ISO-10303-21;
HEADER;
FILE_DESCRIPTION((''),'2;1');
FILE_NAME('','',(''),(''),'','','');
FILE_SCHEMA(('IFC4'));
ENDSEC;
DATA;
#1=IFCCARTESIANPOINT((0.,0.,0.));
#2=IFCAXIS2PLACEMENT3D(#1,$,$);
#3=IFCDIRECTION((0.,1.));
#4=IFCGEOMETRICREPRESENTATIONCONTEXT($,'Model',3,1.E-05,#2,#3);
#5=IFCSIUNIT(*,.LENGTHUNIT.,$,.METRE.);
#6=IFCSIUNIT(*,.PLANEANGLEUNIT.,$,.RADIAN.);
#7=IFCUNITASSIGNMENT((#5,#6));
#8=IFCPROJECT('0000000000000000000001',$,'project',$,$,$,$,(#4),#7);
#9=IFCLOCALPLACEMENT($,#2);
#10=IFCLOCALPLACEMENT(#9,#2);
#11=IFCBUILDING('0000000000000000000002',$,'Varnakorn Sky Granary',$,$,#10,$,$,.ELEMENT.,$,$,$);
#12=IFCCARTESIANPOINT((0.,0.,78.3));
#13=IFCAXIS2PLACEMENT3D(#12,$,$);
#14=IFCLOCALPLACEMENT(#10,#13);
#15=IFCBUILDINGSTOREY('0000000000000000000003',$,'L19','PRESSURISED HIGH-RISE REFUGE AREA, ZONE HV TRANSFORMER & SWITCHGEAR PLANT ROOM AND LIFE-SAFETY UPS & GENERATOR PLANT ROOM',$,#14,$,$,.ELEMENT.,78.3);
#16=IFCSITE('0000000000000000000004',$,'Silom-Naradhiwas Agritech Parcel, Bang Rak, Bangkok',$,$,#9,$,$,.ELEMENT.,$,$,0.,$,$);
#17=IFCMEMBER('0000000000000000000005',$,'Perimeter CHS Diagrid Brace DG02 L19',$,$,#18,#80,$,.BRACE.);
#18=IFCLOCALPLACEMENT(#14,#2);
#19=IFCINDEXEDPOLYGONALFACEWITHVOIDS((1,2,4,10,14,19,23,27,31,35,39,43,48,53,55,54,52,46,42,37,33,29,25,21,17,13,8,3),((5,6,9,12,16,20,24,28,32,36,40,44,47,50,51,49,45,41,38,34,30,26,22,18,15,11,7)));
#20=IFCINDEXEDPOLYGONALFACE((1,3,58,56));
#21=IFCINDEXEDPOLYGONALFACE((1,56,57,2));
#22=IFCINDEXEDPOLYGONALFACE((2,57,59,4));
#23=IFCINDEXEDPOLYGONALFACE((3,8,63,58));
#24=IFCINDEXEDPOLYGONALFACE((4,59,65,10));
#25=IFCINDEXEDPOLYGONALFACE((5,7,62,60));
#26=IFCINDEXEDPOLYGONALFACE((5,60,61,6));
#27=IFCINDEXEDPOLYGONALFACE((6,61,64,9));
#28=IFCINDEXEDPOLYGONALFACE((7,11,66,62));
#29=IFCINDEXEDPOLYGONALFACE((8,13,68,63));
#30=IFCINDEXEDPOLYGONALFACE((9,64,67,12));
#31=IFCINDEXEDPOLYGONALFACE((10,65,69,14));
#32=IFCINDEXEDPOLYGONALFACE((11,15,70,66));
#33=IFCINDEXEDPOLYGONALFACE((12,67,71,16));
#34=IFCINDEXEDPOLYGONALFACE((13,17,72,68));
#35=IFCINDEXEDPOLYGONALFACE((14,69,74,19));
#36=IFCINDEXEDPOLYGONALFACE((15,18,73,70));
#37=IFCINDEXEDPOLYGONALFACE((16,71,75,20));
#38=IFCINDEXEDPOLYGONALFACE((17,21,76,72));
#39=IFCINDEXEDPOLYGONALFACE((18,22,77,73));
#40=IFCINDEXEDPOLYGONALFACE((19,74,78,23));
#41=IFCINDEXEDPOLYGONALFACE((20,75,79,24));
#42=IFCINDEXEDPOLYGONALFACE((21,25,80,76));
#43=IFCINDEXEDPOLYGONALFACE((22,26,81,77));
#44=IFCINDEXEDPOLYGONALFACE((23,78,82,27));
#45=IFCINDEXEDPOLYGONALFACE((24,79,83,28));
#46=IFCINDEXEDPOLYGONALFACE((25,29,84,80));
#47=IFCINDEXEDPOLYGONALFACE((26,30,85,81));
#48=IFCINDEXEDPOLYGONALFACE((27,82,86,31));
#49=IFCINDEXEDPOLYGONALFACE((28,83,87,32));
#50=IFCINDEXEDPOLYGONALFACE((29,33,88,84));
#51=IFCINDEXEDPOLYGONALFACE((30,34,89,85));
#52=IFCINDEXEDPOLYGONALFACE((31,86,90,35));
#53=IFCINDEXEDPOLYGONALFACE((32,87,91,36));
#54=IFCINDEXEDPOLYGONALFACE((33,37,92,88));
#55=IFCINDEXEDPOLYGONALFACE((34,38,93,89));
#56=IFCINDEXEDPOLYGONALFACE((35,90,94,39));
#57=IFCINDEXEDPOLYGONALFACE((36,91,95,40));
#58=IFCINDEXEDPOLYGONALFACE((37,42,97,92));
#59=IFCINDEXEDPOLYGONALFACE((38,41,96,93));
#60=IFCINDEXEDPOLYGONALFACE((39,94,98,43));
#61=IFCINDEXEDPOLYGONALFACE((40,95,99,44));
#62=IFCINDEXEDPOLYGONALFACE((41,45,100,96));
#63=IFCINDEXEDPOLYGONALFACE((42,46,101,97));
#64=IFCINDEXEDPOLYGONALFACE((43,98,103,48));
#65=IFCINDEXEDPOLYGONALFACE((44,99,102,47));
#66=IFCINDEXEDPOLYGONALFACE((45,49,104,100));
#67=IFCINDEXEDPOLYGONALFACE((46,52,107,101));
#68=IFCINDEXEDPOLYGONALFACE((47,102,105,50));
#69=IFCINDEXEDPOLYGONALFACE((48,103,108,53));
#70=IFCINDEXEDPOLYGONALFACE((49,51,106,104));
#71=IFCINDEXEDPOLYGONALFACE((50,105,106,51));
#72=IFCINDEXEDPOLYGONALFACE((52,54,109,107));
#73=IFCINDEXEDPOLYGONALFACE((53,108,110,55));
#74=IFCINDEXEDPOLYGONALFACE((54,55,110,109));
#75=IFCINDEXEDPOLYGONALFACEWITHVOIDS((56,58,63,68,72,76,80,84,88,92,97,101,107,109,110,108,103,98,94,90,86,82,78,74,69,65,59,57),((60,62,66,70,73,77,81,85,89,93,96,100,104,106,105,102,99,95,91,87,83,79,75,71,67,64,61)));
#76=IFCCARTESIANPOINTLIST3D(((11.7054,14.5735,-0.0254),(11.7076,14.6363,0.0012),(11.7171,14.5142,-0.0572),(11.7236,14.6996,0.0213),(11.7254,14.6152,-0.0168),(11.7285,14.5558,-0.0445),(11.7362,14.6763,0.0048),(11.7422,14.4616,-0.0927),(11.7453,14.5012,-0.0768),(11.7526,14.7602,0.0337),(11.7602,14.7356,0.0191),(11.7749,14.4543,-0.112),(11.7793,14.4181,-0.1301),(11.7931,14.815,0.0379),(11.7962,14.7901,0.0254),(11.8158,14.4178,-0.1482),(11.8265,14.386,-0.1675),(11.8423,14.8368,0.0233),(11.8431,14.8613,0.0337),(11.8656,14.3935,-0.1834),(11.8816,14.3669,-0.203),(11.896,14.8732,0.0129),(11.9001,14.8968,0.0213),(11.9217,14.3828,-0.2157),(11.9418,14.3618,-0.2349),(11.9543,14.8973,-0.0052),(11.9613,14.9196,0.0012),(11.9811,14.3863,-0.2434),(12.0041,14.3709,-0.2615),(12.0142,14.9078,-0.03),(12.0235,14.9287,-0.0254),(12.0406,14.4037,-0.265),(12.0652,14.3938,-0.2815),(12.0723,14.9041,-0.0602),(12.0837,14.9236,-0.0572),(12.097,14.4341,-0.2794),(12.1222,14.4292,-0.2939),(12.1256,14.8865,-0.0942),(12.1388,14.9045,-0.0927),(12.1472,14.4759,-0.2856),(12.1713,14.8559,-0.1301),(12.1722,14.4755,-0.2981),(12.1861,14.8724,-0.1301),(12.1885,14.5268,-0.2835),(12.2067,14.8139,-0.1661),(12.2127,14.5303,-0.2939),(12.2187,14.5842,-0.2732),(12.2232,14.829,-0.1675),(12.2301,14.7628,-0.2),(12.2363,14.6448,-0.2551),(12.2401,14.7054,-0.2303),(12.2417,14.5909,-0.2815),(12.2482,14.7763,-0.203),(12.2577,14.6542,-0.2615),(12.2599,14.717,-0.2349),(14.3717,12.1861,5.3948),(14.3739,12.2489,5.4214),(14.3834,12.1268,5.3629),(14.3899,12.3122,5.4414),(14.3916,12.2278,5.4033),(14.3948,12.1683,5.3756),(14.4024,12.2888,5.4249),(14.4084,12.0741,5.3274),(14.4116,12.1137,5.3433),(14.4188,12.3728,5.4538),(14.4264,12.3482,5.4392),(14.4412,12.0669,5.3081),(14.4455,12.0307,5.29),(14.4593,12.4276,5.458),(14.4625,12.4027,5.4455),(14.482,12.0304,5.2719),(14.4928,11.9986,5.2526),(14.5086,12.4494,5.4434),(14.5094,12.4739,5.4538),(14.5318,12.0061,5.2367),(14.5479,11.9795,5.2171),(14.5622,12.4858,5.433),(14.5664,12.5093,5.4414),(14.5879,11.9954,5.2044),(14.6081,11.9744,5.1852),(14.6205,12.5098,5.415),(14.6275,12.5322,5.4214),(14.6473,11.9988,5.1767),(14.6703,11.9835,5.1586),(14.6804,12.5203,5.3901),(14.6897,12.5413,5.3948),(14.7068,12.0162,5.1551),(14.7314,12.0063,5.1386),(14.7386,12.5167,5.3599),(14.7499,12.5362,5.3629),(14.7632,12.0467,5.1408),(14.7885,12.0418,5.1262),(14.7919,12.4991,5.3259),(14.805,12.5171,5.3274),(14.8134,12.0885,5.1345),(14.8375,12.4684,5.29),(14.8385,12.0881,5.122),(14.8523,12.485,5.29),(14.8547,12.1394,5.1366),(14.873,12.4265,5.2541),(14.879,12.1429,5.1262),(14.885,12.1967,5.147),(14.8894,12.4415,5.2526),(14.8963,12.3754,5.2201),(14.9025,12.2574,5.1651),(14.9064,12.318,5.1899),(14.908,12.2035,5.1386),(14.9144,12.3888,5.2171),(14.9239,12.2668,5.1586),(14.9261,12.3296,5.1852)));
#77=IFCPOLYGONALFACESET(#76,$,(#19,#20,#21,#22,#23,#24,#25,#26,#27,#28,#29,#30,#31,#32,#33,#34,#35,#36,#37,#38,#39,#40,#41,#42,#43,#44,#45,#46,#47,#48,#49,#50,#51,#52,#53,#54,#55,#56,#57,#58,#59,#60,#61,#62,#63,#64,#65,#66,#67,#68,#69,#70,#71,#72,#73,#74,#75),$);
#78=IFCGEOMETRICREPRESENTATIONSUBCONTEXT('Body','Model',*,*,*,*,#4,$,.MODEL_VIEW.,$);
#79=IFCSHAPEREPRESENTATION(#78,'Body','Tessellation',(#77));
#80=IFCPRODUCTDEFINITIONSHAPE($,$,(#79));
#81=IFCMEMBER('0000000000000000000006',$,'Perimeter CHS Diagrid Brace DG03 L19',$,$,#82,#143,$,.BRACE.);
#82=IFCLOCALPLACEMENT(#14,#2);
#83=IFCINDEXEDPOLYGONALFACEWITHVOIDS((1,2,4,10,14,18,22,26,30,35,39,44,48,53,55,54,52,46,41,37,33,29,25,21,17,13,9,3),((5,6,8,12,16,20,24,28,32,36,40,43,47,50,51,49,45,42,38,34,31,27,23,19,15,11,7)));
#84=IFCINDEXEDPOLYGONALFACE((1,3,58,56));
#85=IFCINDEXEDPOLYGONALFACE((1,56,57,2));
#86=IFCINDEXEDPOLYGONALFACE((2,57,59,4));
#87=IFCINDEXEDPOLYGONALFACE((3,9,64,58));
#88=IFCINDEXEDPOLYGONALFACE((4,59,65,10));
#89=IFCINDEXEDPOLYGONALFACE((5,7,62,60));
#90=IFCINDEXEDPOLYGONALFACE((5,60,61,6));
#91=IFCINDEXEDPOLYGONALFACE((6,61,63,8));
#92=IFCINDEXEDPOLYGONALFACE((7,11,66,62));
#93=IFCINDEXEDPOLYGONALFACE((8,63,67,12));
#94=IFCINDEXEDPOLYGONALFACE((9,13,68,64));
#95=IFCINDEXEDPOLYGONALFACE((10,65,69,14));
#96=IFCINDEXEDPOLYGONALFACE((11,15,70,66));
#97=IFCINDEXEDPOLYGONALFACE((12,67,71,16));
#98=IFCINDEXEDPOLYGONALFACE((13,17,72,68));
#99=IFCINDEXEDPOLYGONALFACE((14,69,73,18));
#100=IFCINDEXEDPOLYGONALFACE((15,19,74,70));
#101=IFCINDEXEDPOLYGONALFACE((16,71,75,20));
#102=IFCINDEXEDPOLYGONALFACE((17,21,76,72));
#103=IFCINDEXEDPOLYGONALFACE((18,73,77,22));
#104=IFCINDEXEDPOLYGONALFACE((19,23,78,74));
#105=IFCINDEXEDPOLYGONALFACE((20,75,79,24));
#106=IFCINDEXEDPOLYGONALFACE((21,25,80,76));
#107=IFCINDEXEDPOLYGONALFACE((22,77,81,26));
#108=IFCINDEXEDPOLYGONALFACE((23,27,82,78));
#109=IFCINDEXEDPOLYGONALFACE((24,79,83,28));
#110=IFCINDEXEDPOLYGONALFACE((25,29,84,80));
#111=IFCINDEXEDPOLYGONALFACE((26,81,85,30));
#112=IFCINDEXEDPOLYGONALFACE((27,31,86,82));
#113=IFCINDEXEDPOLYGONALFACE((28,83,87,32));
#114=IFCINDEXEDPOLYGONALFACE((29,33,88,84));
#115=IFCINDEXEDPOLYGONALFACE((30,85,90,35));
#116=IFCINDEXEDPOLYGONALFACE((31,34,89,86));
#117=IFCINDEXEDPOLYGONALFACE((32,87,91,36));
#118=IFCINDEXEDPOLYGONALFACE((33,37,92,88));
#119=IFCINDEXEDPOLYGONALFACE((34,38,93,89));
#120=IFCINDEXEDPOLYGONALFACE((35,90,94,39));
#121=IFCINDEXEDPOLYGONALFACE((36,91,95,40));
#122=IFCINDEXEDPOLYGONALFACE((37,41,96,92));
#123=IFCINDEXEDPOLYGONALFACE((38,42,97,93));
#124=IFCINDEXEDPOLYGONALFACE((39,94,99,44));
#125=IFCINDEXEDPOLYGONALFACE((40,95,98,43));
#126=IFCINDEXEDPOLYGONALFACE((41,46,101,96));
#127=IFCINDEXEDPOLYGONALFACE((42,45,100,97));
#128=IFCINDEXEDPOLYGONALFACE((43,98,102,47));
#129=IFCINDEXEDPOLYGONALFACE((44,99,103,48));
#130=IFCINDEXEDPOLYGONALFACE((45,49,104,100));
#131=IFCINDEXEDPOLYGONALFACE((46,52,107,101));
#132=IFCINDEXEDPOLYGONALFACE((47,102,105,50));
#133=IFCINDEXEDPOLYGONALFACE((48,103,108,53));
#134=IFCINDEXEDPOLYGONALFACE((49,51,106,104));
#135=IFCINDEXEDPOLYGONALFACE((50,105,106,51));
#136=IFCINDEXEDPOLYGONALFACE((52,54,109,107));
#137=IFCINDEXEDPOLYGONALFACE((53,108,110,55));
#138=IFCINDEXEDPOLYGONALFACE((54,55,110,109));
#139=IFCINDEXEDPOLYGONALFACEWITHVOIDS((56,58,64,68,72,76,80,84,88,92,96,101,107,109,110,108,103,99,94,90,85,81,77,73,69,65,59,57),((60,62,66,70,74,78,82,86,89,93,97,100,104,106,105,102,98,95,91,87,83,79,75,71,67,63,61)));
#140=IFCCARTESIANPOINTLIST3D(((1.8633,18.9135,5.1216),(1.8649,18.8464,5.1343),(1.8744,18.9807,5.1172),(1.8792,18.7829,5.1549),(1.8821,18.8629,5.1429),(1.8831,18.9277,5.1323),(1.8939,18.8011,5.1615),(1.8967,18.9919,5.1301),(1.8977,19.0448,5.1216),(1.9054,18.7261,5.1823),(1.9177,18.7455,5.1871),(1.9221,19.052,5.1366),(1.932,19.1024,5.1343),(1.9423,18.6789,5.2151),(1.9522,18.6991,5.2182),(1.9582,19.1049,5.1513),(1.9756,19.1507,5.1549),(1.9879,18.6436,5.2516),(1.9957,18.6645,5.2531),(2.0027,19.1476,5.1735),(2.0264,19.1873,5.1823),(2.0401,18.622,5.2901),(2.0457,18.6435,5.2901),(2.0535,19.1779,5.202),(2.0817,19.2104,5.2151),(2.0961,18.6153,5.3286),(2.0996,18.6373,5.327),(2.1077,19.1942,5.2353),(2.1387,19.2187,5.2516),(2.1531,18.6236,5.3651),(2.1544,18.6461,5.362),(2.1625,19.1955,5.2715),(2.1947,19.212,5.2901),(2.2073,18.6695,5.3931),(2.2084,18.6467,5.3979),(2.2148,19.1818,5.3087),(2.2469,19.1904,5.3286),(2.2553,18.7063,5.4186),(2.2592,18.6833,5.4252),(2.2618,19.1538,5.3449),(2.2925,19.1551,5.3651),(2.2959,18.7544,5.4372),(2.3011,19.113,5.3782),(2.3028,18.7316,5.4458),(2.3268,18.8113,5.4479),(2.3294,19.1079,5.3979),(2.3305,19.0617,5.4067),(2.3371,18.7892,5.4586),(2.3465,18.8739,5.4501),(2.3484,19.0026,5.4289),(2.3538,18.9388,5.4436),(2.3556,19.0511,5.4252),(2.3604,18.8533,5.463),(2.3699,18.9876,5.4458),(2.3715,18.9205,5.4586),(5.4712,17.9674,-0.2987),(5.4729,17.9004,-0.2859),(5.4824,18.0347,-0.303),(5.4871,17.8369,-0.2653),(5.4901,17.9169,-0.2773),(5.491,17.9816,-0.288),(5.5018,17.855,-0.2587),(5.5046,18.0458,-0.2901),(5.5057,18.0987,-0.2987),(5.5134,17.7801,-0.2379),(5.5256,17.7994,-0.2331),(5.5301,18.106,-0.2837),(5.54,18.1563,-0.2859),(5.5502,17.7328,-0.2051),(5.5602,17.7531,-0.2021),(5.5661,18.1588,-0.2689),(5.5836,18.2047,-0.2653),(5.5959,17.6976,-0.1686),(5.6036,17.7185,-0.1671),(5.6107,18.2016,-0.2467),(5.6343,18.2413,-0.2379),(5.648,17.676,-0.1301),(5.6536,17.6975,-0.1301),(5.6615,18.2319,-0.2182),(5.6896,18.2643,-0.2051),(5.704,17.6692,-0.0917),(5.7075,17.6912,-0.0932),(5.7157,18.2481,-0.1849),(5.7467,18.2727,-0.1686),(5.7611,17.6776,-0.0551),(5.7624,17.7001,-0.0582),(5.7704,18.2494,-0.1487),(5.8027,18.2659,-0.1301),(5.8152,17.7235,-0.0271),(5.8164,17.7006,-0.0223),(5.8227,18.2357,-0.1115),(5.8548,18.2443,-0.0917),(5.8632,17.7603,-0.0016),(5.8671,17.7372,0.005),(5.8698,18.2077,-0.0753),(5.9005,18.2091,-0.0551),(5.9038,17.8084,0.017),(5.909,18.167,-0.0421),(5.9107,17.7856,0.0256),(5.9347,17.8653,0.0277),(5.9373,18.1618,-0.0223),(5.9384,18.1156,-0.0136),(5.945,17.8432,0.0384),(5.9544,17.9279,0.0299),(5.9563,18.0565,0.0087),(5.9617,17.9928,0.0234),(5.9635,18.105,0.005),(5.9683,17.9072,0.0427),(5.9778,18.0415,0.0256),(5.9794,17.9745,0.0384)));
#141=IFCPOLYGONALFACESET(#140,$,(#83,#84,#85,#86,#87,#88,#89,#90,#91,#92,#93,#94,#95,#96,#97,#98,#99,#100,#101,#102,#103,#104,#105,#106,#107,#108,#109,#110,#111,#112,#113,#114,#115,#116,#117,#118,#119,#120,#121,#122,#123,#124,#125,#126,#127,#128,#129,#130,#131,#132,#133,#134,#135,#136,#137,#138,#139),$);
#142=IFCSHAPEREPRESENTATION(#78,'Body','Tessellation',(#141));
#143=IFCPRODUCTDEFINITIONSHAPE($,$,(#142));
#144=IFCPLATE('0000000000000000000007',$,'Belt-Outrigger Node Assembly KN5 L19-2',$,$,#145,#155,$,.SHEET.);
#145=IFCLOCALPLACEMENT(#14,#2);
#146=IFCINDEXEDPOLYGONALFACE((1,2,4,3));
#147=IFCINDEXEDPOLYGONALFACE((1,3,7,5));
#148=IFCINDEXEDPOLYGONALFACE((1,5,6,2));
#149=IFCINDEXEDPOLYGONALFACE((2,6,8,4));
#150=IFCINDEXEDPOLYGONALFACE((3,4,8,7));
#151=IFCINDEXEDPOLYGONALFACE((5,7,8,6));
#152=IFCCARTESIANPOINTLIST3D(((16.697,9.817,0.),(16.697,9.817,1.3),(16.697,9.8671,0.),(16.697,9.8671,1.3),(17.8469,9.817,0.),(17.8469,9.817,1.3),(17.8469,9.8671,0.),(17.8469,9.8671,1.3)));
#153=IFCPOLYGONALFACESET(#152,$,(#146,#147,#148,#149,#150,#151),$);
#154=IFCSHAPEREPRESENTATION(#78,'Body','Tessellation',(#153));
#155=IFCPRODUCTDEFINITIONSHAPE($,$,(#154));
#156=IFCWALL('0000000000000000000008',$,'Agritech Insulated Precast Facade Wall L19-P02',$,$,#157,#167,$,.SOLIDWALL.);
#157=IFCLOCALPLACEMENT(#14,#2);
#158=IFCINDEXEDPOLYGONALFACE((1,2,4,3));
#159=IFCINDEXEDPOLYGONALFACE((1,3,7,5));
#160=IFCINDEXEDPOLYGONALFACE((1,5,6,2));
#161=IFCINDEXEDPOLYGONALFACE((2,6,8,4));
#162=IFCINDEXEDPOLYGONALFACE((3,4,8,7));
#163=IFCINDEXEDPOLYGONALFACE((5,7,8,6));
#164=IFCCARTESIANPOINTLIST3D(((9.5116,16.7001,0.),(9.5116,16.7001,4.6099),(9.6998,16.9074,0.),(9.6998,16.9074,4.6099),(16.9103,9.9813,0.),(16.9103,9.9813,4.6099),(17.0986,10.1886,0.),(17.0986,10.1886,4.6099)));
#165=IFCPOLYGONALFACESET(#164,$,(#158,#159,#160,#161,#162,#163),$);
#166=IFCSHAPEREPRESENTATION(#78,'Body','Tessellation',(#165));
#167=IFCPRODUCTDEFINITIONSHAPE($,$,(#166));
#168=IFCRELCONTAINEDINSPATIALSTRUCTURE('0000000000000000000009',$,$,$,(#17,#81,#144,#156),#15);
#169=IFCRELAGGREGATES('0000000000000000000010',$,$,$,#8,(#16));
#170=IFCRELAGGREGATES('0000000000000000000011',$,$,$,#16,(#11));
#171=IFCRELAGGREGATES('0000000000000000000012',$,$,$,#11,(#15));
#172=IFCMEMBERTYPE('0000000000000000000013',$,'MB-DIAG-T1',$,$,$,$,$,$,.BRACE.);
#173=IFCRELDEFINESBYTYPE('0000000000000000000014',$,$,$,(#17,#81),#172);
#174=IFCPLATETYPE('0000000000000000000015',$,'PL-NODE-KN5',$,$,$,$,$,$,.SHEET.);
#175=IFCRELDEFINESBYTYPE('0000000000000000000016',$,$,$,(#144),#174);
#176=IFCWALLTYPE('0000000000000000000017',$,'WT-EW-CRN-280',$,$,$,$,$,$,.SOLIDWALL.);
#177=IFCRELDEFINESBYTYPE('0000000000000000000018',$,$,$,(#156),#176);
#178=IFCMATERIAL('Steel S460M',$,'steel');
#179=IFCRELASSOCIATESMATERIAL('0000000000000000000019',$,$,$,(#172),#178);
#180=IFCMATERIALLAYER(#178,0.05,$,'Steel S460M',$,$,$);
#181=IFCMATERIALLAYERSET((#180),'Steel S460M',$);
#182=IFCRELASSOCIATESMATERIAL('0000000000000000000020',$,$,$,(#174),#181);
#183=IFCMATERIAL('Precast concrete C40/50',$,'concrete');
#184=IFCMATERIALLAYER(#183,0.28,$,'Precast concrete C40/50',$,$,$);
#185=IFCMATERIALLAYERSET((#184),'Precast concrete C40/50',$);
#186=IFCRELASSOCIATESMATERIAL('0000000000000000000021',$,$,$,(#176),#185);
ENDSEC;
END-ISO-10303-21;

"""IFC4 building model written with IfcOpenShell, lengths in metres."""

from ifc_helpers import new_model, si_unit, direction, frame, frame_2d, origin, origin_2d, place, context, subcontext, project, spatial, rectangle, hollow_circle, extrude, material, layer, layer_set, material_profile, profile_set, type_object, element, save


model = new_model("IFC4")

# Units and contexts
model_context = context("Model", 3, precision=1e-05, world=origin(), true_north=direction((0.0, 1.0)))
body_context = subcontext(model_context, "Body", "Model", "MODEL_VIEW")
ifc_project = project(units=[si_unit("LENGTHUNIT", "METRE"), si_unit("PLANEANGLEUNIT", "RADIAN")], contexts=[model_context])

# Site, building, storey
site_placement = place(None, origin())
site = spatial("IfcSite", under=ifc_project, at=site_placement, Name="Silom-Naradhiwas Agritech Parcel, Bang Rak, Bangkok", CompositionType="ELEMENT", RefElevation=0.0)
building_placement = place(site_placement, origin())
building = spatial("IfcBuilding", under=site, at=building_placement, Name="Varnakorn Sky Granary", CompositionType="ELEMENT")
storey_placement = place(building_placement, frame((0.0, 0.0, 78.3)))
storey = spatial("IfcBuildingStorey", under=building, at=storey_placement, Name="L19", Description="PRESSURISED HIGH-RISE REFUGE AREA, ZONE HV TRANSFORMER & SWITCHGEAR PLANT ROOM AND LIFE-SAFETY UPS & GENERATOR PLANT ROOM", CompositionType="ELEMENT", Elevation=78.3)

# Shared definitions
ifc_material_1 = material(Name="Steel S460M", Category="steel")

# Members
ifc_material_profile_1 = material_profile(ifc_material_1, hollow_circle(Radius=0.3049, WallThickness=0.0222, at=origin_2d()), Name="CHS 610x22")
ifc_profile_set_1 = profile_set([ifc_material_profile_1], Name="Steel S460M")
member_type_1 = type_object("IfcMemberType", Name="MB-DIAG-T1", PredefinedType="BRACE", material=ifc_profile_set_1)
member_1_placement = place(storey_placement, frame((11.9827, 14.6453, -0.1301), z_axis=(0.4105, -0.367574, 0.834493), x_axis=(0.667082, 0.744984, 0.0)))
element("IfcMember", 1, at=member_1_placement, inside=storey, type_object=member_type_1, Name="Perimeter CHS Diagrid Brace DG02 L19", PredefinedType="BRACE", context=body_context, shape_type="SweptSolid", body=[
    extrude(hollow_circle(Radius=0.3049, WallThickness=0.0222, at=origin_2d()), origin(), (0.0, 0.0, 1.0), 6.4951),
])
member_2_placement = place(storey_placement, frame((5.7253, 17.9709, -0.1301), z_axis=(-0.548354, 0.143786, 0.823792), x_axis=(-0.253639, -0.967299, 0.0)))
element("IfcMember", 2, at=member_2_placement, inside=storey, type_object=member_type_1, Name="Perimeter CHS Diagrid Brace DG03 L19", PredefinedType="BRACE", context=body_context, shape_type="SweptSolid", body=[
    extrude(hollow_circle(Radius=0.3049, WallThickness=0.0222, at=origin_2d()), origin(), (0.0, 0.0, 1.0), 6.5796),
])

# Plate
ifc_layer_1 = layer(ifc_material_1, 0.05, Name="Steel S460M")
ifc_layer_set_1 = layer_set([ifc_layer_1], Name="Steel S460M")
plate_type = type_object("IfcPlateType", Name="PL-NODE-KN5", PredefinedType="SHEET", material=ifc_layer_set_1)
plate_placement = place(storey_placement, frame((17.272, 9.842, 0.0), z_axis=(0.0, 0.0, 1.0), x_axis=(1.0, 0.0, 0.0)))
element("IfcPlate", 3, at=plate_placement, inside=storey, type_object=plate_type, Name="Belt-Outrigger Node Assembly KN5 L19-2", PredefinedType="SHEET", context=body_context, shape_type="SweptSolid", body=[
    extrude(rectangle(XDim=1.1499, YDim=0.05, at=origin_2d()), origin(), (0.0, 0.0, 1.0), 1.3),
])

# Wall
ifc_material_2 = material(Name="Precast concrete C40/50", Category="concrete")
ifc_layer_2 = layer(ifc_material_2, 0.28, Name="Precast concrete C40/50")
ifc_layer_set_2 = layer_set([ifc_layer_2], Name="Precast concrete C40/50")
wall_type_1 = type_object("IfcWallType", Name="WT-EW-CRN-280", PredefinedType="SOLIDWALL", material=ifc_layer_set_2)
wall_1_placement = place(storey_placement, frame((9.6057, 16.8037, 0.0), z_axis=(0.0, 0.0, 1.0), x_axis=(0.740305, -0.672271, 0.0)))
element("IfcWall", 4, at=wall_1_placement, inside=storey, type_object=wall_type_1, Name="Agritech Insulated Precast Facade Wall L19-P02", PredefinedType="SOLIDWALL", context=body_context, shape_type="SweptSolid", body=[
    extrude(rectangle(XDim=9.9941, YDim=0.28, at=frame_2d((4.9971, 0.0))), origin(), (0.0, 0.0, 1.0), 4.6099),
])

save(model, "model.ifc")
